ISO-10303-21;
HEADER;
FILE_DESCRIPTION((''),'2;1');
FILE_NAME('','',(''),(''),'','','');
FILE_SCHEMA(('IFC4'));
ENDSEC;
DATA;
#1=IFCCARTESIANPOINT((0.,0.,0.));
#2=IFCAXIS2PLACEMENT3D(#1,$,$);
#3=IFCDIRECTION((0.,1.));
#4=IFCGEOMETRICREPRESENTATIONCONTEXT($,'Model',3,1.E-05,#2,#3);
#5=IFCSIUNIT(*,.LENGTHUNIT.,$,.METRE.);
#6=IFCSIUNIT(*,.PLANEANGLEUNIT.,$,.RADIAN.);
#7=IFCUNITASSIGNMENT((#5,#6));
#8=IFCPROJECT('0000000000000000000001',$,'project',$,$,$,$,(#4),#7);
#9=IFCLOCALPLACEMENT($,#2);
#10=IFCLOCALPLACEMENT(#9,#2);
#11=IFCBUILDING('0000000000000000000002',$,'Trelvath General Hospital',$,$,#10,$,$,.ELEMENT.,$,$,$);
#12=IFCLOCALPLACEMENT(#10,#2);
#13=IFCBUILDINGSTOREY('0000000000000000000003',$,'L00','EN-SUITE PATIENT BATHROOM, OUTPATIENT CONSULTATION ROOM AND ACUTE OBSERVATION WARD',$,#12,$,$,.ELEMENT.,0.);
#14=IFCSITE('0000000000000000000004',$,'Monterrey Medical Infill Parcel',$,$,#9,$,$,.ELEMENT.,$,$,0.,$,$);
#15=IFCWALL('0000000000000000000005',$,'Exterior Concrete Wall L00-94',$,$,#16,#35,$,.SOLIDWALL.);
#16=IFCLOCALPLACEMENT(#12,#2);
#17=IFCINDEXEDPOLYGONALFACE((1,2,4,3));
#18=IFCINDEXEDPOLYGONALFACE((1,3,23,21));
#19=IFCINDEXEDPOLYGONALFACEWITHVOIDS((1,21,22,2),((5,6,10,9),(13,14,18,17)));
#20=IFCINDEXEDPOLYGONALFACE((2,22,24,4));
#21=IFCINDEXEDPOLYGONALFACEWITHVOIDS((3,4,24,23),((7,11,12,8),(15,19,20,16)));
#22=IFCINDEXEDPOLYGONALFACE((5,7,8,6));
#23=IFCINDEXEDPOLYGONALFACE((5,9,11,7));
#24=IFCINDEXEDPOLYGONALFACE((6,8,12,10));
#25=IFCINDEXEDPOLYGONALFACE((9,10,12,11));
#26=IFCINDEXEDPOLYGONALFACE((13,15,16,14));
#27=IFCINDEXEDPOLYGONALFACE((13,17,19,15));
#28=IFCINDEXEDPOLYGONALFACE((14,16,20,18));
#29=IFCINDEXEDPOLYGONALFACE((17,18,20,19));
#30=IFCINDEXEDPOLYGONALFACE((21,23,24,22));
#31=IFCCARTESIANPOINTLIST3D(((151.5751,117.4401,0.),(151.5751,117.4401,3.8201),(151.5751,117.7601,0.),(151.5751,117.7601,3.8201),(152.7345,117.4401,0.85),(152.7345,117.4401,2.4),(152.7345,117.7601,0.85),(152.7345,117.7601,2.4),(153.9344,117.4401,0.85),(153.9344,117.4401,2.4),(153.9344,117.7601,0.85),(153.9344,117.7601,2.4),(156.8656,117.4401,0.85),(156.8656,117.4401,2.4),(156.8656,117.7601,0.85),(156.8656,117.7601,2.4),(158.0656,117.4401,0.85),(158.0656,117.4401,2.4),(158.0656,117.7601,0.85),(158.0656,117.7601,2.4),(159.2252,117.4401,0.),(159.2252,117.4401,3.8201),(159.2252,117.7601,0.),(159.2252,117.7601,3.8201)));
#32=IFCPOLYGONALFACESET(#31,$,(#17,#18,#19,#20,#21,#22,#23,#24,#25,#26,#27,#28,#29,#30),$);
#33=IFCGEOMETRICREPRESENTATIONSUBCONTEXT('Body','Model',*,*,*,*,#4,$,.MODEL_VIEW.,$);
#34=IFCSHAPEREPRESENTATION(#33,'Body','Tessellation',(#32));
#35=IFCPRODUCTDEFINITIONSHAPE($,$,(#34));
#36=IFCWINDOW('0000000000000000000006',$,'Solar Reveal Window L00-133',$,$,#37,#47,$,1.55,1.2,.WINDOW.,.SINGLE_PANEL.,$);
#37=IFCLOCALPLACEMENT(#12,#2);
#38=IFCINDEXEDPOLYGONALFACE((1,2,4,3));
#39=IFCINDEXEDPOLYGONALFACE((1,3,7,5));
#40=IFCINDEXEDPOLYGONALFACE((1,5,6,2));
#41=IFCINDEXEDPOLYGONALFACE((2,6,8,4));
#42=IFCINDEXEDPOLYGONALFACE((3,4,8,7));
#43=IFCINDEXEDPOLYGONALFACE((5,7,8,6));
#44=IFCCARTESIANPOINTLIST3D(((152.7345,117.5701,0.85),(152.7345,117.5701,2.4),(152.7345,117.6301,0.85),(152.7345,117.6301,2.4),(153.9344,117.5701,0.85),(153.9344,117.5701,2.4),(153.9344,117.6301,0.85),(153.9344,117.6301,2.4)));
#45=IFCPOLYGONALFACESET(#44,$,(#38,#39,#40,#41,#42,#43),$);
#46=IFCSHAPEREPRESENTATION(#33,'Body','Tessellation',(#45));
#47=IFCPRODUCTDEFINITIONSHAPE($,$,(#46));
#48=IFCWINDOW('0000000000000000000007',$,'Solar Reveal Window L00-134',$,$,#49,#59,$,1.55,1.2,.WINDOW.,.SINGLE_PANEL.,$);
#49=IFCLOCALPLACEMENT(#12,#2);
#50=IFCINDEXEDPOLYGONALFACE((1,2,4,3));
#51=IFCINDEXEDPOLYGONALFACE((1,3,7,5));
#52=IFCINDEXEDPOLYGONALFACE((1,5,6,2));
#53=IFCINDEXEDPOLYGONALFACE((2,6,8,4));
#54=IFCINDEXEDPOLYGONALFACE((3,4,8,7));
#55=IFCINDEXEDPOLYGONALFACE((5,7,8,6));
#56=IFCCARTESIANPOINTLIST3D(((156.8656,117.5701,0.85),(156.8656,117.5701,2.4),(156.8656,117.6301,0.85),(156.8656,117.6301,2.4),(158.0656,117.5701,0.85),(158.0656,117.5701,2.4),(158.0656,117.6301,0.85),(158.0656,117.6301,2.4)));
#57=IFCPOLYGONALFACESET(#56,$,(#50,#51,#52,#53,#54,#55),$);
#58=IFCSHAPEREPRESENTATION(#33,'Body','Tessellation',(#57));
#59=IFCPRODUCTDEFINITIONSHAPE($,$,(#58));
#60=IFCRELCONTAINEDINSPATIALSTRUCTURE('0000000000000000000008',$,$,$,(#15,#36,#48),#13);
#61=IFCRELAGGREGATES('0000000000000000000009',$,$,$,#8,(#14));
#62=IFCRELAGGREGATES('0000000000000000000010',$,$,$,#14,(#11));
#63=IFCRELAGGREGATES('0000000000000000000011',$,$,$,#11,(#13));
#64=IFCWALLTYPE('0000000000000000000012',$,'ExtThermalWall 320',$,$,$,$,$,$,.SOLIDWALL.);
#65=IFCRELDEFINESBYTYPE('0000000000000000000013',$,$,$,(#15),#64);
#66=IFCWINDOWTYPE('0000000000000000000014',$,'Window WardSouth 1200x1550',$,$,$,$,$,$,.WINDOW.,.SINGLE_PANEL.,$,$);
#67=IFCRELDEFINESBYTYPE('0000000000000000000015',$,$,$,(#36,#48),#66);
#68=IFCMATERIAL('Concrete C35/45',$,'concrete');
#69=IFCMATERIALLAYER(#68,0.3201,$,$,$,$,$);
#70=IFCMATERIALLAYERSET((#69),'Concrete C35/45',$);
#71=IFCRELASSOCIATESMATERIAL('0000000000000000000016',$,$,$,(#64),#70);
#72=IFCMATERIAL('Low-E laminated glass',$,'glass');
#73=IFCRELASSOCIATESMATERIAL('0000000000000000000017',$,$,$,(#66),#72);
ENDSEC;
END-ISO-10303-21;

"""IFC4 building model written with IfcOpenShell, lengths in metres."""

from ifc_helpers import new_model, si_unit, direction, frame, frame_2d, origin, place, context, subcontext, project, spatial, rectangle, extrude, material, layer, layer_set, type_object, element, fill, save


model = new_model("IFC4")

# Units and contexts
model_context = context("Model", 3, precision=1e-05, world=origin(), true_north=direction((0.0, 1.0)))
body_context = subcontext(model_context, "Body", "Model", "MODEL_VIEW")
ifc_project = project(units=[si_unit("LENGTHUNIT", "METRE"), si_unit("PLANEANGLEUNIT", "RADIAN")], contexts=[model_context])

# Site, building, storey
site_placement = place(None, origin())
site = spatial("IfcSite", under=ifc_project, at=site_placement, Name="Monterrey Medical Infill Parcel", CompositionType="ELEMENT", RefElevation=0.0)
building_placement = place(site_placement, origin())
building = spatial("IfcBuilding", under=site, at=building_placement, Name="Trelvath General Hospital", CompositionType="ELEMENT")
storey_placement = place(building_placement, origin())
storey = spatial("IfcBuildingStorey", under=building, at=storey_placement, Name="L00", Description="EN-SUITE PATIENT BATHROOM, OUTPATIENT CONSULTATION ROOM AND ACUTE OBSERVATION WARD", CompositionType="ELEMENT", Elevation=0.0)

# Wall, openings, windows
ifc_material_1 = material(Name="Concrete C35/45", Category="concrete")
ifc_layer_1 = layer(ifc_material_1, 0.3201)
ifc_layer_set_1 = layer_set([ifc_layer_1], Name="Concrete C35/45")
wall_type_1 = type_object("IfcWallType", Name="ExtThermalWall 320", PredefinedType="SOLIDWALL", material=ifc_layer_set_1)
wall_1_placement = place(storey_placement, frame((151.575, 117.6001, 0.0), z_axis=(0.0, 0.0, 1.0), x_axis=(1.0, 0.0, 0.0)))
wall_1 = element("IfcWall", 1, at=wall_1_placement, inside=storey, type_object=wall_type_1, Name="Exterior Concrete Wall L00-94", PredefinedType="SOLIDWALL", context=body_context, shape_type="SweptSolid", body=[
    extrude(rectangle(XDim=7.6501, YDim=0.3201, at=frame_2d((3.8252, 0.0))), origin(), (0.0, 0.0, 1.0), 3.8201),
])
opening_1_placement = place(wall_1_placement, frame((1.1594, 0.0, 0.8501)))
opening_1 = element("IfcOpeningElement", 2, at=opening_1_placement, cuts=wall_1, PredefinedType="OPENING", context=body_context, shape_type="SweptSolid", body=[
    extrude(rectangle(XDim=1.2, YDim=1.55, at=frame_2d((0.6001, 0.7749))), frame((0.0, 0.1699, 0.0), z_axis=(0.0, -1.0, 0.0), x_axis=(1.0, 0.0, 0.0)), (0.0, 0.0, 1.0), 0.3401),
])
opening_2_placement = place(wall_1_placement, frame((5.2905, 0.0, 0.8501)))
opening_2 = element("IfcOpeningElement", 3, at=opening_2_placement, cuts=wall_1, PredefinedType="OPENING", context=body_context, shape_type="SweptSolid", body=[
    extrude(rectangle(XDim=1.2, YDim=1.55, at=frame_2d((0.6001, 0.7749))), frame((0.0, 0.1699, 0.0), z_axis=(0.0, -1.0, 0.0), x_axis=(1.0, 0.0, 0.0)), (0.0, 0.0, 1.0), 0.3401),
])
ifc_material_2 = material(Name="Low-E laminated glass", Category="glass")
window_type = type_object("IfcWindowType", Name="Window WardSouth 1200x1550", PartitioningType="SINGLE_PANEL", PredefinedType="WINDOW", material=ifc_material_2)
window_1_placement = place(opening_1_placement, origin())
window_1 = element("IfcWindow", 4, at=window_1_placement, inside=storey, type_object=window_type, Name="Solar Reveal Window L00-133", OverallHeight=1.55, OverallWidth=1.2, PartitioningType="SINGLE_PANEL", PredefinedType="WINDOW", context=body_context, shape_type="SweptSolid", body=[
    extrude(rectangle(XDim=1.2, YDim=1.55, at=frame_2d((0.6001, 0.7749))), frame((0.0, 0.03, 0.0), z_axis=(0.0, -1.0, 0.0), x_axis=(1.0, 0.0, 0.0)), (0.0, 0.0, 1.0), 0.0601),
])
fill(opening_1, window_1)
window_2_placement = place(opening_2_placement, origin())
window_2 = element("IfcWindow", 5, at=window_2_placement, inside=storey, type_object=window_type, Name="Solar Reveal Window L00-134", OverallHeight=1.55, OverallWidth=1.2, PartitioningType="SINGLE_PANEL", PredefinedType="WINDOW", context=body_context, shape_type="SweptSolid", body=[
    extrude(rectangle(XDim=1.2, YDim=1.55, at=frame_2d((0.6001, 0.7749))), frame((0.0, 0.03, 0.0), z_axis=(0.0, -1.0, 0.0), x_axis=(1.0, 0.0, 0.0)), (0.0, 0.0, 1.0), 0.0601),
])
fill(opening_2, window_2)

save(model, "model.ifc")
